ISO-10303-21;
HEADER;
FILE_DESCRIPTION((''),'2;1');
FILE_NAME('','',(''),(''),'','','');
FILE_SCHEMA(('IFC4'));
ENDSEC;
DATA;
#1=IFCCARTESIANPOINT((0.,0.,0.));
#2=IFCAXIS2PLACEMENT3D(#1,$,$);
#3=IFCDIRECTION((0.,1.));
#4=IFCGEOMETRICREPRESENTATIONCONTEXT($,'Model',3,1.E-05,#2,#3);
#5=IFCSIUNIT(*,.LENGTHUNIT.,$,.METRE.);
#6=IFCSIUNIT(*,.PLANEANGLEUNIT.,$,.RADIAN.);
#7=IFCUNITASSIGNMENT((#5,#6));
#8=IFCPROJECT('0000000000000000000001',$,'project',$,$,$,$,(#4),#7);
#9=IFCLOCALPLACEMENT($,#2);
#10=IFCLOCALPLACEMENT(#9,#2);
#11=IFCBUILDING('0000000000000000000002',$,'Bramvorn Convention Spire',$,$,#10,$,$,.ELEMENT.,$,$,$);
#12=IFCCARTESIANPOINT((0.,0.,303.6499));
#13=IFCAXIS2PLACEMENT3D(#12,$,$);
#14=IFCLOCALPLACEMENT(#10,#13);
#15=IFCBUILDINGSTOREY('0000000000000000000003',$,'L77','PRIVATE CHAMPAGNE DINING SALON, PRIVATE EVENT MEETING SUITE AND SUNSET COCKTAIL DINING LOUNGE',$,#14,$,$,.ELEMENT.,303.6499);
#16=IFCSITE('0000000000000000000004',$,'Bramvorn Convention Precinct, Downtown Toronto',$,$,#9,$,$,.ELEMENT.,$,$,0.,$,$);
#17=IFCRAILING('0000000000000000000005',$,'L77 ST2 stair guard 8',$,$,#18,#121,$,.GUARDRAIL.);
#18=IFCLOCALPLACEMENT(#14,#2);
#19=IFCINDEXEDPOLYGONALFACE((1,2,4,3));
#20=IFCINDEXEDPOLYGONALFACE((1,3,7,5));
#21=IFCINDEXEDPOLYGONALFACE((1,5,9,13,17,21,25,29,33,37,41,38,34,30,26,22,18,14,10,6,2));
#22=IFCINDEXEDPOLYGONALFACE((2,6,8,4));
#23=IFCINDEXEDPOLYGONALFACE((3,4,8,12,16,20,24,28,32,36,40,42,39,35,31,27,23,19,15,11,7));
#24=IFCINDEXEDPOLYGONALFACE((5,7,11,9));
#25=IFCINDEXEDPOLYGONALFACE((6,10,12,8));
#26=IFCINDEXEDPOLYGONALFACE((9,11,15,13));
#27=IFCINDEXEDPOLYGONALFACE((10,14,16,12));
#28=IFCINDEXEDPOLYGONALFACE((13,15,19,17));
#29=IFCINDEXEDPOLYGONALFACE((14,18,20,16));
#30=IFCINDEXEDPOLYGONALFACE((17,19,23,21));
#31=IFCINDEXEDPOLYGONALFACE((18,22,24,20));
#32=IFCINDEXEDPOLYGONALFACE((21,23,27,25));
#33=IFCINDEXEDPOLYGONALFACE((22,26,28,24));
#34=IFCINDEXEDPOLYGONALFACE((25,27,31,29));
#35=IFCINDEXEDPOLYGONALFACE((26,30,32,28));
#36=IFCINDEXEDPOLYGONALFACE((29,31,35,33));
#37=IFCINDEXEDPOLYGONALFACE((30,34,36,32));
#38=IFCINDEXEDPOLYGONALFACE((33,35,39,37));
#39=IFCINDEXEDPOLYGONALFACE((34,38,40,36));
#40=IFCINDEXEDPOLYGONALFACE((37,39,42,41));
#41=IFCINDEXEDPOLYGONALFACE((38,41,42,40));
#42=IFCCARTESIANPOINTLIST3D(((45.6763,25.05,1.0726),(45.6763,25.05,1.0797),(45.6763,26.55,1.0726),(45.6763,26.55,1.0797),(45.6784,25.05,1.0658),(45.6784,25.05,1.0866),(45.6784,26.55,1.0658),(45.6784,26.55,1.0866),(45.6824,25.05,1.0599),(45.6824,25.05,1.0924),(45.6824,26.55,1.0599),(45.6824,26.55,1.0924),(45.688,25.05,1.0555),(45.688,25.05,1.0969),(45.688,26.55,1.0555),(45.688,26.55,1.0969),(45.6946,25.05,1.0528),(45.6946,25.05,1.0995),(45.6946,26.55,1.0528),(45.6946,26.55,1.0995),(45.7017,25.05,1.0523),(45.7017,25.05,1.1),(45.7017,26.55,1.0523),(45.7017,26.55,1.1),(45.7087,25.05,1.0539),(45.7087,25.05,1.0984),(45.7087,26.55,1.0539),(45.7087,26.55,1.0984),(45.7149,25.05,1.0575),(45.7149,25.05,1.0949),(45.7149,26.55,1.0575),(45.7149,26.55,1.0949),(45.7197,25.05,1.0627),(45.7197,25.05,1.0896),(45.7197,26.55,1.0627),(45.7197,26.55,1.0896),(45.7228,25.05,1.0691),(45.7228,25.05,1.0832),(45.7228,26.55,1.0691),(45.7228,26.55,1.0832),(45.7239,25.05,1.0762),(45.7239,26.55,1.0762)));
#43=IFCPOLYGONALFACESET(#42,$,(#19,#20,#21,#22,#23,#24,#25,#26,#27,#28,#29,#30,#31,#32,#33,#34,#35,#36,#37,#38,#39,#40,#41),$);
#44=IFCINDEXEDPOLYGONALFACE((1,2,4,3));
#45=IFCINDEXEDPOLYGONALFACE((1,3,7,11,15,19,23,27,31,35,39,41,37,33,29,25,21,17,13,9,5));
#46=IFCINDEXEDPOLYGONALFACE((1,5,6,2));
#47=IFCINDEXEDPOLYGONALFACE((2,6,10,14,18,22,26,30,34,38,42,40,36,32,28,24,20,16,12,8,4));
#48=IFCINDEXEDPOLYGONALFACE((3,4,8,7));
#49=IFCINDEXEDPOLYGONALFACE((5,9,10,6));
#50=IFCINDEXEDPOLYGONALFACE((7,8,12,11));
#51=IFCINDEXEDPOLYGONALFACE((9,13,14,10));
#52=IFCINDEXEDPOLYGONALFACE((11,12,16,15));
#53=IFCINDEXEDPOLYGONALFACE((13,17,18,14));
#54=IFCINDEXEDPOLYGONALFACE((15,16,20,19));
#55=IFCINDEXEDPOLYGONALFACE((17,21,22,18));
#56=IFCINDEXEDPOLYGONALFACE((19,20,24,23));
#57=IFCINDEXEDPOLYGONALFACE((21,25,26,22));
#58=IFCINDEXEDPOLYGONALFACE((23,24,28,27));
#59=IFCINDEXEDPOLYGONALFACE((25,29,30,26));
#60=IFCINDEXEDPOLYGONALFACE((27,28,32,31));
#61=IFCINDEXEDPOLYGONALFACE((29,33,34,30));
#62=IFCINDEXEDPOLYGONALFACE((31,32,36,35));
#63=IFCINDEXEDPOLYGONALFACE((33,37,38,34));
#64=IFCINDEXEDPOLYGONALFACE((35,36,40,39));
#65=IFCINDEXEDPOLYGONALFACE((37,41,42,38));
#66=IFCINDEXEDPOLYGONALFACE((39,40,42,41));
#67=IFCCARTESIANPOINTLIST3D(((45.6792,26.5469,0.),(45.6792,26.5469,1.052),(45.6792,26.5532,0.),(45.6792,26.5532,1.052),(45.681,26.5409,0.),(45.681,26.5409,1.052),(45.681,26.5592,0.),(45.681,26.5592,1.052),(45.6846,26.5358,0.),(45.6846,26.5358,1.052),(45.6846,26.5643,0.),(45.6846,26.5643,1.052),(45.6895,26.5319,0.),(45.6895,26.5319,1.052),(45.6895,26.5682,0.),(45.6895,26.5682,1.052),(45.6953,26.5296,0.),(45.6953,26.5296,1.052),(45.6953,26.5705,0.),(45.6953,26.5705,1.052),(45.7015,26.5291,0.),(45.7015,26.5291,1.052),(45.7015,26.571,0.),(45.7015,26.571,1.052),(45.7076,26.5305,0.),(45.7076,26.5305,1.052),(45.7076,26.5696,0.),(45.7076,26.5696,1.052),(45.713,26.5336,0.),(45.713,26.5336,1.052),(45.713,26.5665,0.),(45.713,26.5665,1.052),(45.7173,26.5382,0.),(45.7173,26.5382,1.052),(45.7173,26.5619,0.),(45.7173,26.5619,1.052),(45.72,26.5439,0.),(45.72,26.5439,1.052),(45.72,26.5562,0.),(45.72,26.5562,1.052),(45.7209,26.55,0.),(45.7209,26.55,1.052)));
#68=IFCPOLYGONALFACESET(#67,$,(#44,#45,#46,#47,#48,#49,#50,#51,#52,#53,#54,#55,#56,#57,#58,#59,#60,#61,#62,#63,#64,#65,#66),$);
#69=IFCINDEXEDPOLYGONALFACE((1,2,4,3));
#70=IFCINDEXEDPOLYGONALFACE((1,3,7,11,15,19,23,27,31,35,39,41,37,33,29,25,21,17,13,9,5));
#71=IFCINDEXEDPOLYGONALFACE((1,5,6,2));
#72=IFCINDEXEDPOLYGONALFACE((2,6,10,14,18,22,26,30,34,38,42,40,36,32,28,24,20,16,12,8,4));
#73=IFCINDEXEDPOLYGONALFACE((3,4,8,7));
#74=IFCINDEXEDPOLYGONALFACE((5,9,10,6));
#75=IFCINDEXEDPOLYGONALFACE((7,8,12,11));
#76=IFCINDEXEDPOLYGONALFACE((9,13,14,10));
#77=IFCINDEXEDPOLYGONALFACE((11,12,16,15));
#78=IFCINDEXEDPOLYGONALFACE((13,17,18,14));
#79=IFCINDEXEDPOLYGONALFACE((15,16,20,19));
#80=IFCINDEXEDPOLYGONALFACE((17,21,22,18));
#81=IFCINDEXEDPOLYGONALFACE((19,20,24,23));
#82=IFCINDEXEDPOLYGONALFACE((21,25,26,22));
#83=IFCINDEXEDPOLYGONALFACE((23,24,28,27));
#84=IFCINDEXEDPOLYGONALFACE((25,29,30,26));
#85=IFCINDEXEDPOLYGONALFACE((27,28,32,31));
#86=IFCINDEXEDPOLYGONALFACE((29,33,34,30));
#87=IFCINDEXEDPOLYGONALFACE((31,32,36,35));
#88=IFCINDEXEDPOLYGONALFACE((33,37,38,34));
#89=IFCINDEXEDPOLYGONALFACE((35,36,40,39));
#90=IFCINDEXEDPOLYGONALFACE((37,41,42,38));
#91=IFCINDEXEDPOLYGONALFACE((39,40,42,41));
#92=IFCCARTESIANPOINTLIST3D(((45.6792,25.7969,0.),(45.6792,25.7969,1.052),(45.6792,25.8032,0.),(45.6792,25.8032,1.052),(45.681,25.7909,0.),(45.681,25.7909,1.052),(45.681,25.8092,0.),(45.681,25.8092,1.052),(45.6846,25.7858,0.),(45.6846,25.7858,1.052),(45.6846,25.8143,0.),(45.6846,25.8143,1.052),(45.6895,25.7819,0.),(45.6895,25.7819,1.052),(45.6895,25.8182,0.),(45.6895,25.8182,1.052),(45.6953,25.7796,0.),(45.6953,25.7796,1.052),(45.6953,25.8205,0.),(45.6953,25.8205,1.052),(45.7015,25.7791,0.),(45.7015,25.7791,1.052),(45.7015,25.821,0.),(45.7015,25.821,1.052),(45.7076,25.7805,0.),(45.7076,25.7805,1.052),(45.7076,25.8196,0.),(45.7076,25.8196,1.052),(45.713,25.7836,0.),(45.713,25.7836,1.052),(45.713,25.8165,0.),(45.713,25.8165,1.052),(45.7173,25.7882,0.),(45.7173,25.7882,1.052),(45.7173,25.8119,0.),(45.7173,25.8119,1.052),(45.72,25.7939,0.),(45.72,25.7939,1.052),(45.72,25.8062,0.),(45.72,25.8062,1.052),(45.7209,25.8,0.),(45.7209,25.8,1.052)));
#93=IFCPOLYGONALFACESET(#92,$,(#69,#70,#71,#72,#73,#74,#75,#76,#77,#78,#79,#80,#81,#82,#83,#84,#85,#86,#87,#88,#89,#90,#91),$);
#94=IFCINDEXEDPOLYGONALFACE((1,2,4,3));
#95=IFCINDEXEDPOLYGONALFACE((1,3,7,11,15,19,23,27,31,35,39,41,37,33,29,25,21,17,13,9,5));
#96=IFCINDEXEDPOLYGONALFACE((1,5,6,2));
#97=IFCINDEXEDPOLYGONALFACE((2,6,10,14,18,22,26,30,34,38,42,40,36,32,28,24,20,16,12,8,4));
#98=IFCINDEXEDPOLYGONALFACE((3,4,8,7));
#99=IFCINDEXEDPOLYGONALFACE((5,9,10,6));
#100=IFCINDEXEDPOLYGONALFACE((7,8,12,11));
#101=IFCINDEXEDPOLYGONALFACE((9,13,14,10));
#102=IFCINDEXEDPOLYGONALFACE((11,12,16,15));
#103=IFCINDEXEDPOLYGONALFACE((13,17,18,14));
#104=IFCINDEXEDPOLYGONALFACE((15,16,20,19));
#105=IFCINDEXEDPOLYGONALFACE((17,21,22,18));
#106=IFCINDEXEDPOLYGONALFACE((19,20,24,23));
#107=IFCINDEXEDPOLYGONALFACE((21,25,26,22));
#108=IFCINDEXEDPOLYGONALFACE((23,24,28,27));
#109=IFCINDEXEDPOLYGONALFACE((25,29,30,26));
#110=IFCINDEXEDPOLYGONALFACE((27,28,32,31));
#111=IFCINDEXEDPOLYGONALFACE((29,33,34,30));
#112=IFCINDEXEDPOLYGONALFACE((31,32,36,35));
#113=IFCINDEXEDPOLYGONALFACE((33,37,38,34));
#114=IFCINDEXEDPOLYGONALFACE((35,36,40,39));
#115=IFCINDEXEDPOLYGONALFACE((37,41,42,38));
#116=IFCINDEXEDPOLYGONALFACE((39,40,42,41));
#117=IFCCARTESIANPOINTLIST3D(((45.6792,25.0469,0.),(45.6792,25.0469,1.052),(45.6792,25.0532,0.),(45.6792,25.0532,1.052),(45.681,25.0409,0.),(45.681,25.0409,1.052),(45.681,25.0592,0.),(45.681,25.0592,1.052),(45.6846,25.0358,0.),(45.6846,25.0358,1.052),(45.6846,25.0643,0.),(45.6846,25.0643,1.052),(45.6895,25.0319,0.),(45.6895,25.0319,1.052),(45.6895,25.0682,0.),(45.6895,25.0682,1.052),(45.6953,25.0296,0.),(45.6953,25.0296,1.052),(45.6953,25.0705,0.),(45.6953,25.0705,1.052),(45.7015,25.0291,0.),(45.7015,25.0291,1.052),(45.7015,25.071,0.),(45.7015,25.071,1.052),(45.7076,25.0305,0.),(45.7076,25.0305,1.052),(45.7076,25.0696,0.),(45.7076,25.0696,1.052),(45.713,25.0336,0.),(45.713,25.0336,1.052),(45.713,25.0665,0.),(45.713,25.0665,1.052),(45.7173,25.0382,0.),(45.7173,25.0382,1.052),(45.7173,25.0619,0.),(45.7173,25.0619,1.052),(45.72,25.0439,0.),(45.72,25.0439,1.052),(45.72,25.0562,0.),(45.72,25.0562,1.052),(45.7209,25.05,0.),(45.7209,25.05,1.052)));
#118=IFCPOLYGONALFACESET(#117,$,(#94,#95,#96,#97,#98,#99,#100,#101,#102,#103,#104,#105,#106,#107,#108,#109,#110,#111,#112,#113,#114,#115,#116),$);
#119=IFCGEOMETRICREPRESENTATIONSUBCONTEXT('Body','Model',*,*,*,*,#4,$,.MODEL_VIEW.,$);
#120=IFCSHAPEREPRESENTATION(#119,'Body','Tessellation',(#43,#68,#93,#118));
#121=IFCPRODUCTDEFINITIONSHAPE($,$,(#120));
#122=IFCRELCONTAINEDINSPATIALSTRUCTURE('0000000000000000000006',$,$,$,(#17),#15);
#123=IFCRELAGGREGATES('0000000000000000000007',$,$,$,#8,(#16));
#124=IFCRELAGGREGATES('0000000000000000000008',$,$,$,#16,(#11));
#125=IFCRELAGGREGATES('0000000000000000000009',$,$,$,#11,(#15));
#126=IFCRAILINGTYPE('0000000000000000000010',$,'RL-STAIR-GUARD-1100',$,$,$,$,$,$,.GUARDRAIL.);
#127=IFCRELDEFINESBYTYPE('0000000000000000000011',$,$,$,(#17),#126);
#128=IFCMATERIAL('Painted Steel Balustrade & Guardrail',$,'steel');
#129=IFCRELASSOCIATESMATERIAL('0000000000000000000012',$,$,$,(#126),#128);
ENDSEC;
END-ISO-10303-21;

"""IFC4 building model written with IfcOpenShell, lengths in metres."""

from ifc_helpers import new_model, si_unit, direction, frame, origin, origin_2d, place, context, subcontext, project, spatial, circle, extrude, material, type_object, element, save


model = new_model("IFC4")

# Units and contexts
model_context = context("Model", 3, precision=1e-05, world=origin(), true_north=direction((0.0, 1.0)))
body_context = subcontext(model_context, "Body", "Model", "MODEL_VIEW")
ifc_project = project(units=[si_unit("LENGTHUNIT", "METRE"), si_unit("PLANEANGLEUNIT", "RADIAN")], contexts=[model_context])

# Site, building, storey
site_placement = place(None, origin())
site = spatial("IfcSite", under=ifc_project, at=site_placement, Name="Bramvorn Convention Precinct, Downtown Toronto", CompositionType="ELEMENT", RefElevation=0.0)
building_placement = place(site_placement, origin())
building = spatial("IfcBuilding", under=site, at=building_placement, Name="Bramvorn Convention Spire", CompositionType="ELEMENT")
storey_placement = place(building_placement, frame((0.0, 0.0, 303.6499)))
storey = spatial("IfcBuildingStorey", under=building, at=storey_placement, Name="L77", Description="PRIVATE CHAMPAGNE DINING SALON, PRIVATE EVENT MEETING SUITE AND SUNSET COCKTAIL DINING LOUNGE", CompositionType="ELEMENT", Elevation=303.6499)

# Railing
ifc_material_1 = material(Name="Painted Steel Balustrade & Guardrail", Category="steel")
railing_type_1 = type_object("IfcRailingType", Name="RL-STAIR-GUARD-1100", PredefinedType="GUARDRAIL", material=ifc_material_1)
railing_1_placement = place(storey_placement, frame((45.7, 26.55, 0.0)))
element("IfcRailing", 1, at=railing_1_placement, inside=storey, type_object=railing_type_1, Name="L77 ST2 stair guard 8", PredefinedType="GUARDRAIL", context=body_context, shape_type="SweptSolid", body=[
    extrude(circle(Radius=0.0239, at=origin_2d()), frame((0.0, 0.0, 1.0762), z_axis=(0.0, -1.0, 0.0), x_axis=(1.0, 0.0, 0.0)), (0.0, 0.0, 1.0), 1.5),
    extrude(circle(Radius=0.021, at=origin_2d()), origin(), (0.0, 0.0, 1.0), 1.052),
    extrude(circle(Radius=0.021, at=origin_2d()), frame((0.0, -0.75, 0.0)), (0.0, 0.0, 1.0), 1.052),
    extrude(circle(Radius=0.021, at=origin_2d()), frame((0.0, -1.5, 0.0)), (0.0, 0.0, 1.0), 1.052),
])

save(model, "model.ifc")
